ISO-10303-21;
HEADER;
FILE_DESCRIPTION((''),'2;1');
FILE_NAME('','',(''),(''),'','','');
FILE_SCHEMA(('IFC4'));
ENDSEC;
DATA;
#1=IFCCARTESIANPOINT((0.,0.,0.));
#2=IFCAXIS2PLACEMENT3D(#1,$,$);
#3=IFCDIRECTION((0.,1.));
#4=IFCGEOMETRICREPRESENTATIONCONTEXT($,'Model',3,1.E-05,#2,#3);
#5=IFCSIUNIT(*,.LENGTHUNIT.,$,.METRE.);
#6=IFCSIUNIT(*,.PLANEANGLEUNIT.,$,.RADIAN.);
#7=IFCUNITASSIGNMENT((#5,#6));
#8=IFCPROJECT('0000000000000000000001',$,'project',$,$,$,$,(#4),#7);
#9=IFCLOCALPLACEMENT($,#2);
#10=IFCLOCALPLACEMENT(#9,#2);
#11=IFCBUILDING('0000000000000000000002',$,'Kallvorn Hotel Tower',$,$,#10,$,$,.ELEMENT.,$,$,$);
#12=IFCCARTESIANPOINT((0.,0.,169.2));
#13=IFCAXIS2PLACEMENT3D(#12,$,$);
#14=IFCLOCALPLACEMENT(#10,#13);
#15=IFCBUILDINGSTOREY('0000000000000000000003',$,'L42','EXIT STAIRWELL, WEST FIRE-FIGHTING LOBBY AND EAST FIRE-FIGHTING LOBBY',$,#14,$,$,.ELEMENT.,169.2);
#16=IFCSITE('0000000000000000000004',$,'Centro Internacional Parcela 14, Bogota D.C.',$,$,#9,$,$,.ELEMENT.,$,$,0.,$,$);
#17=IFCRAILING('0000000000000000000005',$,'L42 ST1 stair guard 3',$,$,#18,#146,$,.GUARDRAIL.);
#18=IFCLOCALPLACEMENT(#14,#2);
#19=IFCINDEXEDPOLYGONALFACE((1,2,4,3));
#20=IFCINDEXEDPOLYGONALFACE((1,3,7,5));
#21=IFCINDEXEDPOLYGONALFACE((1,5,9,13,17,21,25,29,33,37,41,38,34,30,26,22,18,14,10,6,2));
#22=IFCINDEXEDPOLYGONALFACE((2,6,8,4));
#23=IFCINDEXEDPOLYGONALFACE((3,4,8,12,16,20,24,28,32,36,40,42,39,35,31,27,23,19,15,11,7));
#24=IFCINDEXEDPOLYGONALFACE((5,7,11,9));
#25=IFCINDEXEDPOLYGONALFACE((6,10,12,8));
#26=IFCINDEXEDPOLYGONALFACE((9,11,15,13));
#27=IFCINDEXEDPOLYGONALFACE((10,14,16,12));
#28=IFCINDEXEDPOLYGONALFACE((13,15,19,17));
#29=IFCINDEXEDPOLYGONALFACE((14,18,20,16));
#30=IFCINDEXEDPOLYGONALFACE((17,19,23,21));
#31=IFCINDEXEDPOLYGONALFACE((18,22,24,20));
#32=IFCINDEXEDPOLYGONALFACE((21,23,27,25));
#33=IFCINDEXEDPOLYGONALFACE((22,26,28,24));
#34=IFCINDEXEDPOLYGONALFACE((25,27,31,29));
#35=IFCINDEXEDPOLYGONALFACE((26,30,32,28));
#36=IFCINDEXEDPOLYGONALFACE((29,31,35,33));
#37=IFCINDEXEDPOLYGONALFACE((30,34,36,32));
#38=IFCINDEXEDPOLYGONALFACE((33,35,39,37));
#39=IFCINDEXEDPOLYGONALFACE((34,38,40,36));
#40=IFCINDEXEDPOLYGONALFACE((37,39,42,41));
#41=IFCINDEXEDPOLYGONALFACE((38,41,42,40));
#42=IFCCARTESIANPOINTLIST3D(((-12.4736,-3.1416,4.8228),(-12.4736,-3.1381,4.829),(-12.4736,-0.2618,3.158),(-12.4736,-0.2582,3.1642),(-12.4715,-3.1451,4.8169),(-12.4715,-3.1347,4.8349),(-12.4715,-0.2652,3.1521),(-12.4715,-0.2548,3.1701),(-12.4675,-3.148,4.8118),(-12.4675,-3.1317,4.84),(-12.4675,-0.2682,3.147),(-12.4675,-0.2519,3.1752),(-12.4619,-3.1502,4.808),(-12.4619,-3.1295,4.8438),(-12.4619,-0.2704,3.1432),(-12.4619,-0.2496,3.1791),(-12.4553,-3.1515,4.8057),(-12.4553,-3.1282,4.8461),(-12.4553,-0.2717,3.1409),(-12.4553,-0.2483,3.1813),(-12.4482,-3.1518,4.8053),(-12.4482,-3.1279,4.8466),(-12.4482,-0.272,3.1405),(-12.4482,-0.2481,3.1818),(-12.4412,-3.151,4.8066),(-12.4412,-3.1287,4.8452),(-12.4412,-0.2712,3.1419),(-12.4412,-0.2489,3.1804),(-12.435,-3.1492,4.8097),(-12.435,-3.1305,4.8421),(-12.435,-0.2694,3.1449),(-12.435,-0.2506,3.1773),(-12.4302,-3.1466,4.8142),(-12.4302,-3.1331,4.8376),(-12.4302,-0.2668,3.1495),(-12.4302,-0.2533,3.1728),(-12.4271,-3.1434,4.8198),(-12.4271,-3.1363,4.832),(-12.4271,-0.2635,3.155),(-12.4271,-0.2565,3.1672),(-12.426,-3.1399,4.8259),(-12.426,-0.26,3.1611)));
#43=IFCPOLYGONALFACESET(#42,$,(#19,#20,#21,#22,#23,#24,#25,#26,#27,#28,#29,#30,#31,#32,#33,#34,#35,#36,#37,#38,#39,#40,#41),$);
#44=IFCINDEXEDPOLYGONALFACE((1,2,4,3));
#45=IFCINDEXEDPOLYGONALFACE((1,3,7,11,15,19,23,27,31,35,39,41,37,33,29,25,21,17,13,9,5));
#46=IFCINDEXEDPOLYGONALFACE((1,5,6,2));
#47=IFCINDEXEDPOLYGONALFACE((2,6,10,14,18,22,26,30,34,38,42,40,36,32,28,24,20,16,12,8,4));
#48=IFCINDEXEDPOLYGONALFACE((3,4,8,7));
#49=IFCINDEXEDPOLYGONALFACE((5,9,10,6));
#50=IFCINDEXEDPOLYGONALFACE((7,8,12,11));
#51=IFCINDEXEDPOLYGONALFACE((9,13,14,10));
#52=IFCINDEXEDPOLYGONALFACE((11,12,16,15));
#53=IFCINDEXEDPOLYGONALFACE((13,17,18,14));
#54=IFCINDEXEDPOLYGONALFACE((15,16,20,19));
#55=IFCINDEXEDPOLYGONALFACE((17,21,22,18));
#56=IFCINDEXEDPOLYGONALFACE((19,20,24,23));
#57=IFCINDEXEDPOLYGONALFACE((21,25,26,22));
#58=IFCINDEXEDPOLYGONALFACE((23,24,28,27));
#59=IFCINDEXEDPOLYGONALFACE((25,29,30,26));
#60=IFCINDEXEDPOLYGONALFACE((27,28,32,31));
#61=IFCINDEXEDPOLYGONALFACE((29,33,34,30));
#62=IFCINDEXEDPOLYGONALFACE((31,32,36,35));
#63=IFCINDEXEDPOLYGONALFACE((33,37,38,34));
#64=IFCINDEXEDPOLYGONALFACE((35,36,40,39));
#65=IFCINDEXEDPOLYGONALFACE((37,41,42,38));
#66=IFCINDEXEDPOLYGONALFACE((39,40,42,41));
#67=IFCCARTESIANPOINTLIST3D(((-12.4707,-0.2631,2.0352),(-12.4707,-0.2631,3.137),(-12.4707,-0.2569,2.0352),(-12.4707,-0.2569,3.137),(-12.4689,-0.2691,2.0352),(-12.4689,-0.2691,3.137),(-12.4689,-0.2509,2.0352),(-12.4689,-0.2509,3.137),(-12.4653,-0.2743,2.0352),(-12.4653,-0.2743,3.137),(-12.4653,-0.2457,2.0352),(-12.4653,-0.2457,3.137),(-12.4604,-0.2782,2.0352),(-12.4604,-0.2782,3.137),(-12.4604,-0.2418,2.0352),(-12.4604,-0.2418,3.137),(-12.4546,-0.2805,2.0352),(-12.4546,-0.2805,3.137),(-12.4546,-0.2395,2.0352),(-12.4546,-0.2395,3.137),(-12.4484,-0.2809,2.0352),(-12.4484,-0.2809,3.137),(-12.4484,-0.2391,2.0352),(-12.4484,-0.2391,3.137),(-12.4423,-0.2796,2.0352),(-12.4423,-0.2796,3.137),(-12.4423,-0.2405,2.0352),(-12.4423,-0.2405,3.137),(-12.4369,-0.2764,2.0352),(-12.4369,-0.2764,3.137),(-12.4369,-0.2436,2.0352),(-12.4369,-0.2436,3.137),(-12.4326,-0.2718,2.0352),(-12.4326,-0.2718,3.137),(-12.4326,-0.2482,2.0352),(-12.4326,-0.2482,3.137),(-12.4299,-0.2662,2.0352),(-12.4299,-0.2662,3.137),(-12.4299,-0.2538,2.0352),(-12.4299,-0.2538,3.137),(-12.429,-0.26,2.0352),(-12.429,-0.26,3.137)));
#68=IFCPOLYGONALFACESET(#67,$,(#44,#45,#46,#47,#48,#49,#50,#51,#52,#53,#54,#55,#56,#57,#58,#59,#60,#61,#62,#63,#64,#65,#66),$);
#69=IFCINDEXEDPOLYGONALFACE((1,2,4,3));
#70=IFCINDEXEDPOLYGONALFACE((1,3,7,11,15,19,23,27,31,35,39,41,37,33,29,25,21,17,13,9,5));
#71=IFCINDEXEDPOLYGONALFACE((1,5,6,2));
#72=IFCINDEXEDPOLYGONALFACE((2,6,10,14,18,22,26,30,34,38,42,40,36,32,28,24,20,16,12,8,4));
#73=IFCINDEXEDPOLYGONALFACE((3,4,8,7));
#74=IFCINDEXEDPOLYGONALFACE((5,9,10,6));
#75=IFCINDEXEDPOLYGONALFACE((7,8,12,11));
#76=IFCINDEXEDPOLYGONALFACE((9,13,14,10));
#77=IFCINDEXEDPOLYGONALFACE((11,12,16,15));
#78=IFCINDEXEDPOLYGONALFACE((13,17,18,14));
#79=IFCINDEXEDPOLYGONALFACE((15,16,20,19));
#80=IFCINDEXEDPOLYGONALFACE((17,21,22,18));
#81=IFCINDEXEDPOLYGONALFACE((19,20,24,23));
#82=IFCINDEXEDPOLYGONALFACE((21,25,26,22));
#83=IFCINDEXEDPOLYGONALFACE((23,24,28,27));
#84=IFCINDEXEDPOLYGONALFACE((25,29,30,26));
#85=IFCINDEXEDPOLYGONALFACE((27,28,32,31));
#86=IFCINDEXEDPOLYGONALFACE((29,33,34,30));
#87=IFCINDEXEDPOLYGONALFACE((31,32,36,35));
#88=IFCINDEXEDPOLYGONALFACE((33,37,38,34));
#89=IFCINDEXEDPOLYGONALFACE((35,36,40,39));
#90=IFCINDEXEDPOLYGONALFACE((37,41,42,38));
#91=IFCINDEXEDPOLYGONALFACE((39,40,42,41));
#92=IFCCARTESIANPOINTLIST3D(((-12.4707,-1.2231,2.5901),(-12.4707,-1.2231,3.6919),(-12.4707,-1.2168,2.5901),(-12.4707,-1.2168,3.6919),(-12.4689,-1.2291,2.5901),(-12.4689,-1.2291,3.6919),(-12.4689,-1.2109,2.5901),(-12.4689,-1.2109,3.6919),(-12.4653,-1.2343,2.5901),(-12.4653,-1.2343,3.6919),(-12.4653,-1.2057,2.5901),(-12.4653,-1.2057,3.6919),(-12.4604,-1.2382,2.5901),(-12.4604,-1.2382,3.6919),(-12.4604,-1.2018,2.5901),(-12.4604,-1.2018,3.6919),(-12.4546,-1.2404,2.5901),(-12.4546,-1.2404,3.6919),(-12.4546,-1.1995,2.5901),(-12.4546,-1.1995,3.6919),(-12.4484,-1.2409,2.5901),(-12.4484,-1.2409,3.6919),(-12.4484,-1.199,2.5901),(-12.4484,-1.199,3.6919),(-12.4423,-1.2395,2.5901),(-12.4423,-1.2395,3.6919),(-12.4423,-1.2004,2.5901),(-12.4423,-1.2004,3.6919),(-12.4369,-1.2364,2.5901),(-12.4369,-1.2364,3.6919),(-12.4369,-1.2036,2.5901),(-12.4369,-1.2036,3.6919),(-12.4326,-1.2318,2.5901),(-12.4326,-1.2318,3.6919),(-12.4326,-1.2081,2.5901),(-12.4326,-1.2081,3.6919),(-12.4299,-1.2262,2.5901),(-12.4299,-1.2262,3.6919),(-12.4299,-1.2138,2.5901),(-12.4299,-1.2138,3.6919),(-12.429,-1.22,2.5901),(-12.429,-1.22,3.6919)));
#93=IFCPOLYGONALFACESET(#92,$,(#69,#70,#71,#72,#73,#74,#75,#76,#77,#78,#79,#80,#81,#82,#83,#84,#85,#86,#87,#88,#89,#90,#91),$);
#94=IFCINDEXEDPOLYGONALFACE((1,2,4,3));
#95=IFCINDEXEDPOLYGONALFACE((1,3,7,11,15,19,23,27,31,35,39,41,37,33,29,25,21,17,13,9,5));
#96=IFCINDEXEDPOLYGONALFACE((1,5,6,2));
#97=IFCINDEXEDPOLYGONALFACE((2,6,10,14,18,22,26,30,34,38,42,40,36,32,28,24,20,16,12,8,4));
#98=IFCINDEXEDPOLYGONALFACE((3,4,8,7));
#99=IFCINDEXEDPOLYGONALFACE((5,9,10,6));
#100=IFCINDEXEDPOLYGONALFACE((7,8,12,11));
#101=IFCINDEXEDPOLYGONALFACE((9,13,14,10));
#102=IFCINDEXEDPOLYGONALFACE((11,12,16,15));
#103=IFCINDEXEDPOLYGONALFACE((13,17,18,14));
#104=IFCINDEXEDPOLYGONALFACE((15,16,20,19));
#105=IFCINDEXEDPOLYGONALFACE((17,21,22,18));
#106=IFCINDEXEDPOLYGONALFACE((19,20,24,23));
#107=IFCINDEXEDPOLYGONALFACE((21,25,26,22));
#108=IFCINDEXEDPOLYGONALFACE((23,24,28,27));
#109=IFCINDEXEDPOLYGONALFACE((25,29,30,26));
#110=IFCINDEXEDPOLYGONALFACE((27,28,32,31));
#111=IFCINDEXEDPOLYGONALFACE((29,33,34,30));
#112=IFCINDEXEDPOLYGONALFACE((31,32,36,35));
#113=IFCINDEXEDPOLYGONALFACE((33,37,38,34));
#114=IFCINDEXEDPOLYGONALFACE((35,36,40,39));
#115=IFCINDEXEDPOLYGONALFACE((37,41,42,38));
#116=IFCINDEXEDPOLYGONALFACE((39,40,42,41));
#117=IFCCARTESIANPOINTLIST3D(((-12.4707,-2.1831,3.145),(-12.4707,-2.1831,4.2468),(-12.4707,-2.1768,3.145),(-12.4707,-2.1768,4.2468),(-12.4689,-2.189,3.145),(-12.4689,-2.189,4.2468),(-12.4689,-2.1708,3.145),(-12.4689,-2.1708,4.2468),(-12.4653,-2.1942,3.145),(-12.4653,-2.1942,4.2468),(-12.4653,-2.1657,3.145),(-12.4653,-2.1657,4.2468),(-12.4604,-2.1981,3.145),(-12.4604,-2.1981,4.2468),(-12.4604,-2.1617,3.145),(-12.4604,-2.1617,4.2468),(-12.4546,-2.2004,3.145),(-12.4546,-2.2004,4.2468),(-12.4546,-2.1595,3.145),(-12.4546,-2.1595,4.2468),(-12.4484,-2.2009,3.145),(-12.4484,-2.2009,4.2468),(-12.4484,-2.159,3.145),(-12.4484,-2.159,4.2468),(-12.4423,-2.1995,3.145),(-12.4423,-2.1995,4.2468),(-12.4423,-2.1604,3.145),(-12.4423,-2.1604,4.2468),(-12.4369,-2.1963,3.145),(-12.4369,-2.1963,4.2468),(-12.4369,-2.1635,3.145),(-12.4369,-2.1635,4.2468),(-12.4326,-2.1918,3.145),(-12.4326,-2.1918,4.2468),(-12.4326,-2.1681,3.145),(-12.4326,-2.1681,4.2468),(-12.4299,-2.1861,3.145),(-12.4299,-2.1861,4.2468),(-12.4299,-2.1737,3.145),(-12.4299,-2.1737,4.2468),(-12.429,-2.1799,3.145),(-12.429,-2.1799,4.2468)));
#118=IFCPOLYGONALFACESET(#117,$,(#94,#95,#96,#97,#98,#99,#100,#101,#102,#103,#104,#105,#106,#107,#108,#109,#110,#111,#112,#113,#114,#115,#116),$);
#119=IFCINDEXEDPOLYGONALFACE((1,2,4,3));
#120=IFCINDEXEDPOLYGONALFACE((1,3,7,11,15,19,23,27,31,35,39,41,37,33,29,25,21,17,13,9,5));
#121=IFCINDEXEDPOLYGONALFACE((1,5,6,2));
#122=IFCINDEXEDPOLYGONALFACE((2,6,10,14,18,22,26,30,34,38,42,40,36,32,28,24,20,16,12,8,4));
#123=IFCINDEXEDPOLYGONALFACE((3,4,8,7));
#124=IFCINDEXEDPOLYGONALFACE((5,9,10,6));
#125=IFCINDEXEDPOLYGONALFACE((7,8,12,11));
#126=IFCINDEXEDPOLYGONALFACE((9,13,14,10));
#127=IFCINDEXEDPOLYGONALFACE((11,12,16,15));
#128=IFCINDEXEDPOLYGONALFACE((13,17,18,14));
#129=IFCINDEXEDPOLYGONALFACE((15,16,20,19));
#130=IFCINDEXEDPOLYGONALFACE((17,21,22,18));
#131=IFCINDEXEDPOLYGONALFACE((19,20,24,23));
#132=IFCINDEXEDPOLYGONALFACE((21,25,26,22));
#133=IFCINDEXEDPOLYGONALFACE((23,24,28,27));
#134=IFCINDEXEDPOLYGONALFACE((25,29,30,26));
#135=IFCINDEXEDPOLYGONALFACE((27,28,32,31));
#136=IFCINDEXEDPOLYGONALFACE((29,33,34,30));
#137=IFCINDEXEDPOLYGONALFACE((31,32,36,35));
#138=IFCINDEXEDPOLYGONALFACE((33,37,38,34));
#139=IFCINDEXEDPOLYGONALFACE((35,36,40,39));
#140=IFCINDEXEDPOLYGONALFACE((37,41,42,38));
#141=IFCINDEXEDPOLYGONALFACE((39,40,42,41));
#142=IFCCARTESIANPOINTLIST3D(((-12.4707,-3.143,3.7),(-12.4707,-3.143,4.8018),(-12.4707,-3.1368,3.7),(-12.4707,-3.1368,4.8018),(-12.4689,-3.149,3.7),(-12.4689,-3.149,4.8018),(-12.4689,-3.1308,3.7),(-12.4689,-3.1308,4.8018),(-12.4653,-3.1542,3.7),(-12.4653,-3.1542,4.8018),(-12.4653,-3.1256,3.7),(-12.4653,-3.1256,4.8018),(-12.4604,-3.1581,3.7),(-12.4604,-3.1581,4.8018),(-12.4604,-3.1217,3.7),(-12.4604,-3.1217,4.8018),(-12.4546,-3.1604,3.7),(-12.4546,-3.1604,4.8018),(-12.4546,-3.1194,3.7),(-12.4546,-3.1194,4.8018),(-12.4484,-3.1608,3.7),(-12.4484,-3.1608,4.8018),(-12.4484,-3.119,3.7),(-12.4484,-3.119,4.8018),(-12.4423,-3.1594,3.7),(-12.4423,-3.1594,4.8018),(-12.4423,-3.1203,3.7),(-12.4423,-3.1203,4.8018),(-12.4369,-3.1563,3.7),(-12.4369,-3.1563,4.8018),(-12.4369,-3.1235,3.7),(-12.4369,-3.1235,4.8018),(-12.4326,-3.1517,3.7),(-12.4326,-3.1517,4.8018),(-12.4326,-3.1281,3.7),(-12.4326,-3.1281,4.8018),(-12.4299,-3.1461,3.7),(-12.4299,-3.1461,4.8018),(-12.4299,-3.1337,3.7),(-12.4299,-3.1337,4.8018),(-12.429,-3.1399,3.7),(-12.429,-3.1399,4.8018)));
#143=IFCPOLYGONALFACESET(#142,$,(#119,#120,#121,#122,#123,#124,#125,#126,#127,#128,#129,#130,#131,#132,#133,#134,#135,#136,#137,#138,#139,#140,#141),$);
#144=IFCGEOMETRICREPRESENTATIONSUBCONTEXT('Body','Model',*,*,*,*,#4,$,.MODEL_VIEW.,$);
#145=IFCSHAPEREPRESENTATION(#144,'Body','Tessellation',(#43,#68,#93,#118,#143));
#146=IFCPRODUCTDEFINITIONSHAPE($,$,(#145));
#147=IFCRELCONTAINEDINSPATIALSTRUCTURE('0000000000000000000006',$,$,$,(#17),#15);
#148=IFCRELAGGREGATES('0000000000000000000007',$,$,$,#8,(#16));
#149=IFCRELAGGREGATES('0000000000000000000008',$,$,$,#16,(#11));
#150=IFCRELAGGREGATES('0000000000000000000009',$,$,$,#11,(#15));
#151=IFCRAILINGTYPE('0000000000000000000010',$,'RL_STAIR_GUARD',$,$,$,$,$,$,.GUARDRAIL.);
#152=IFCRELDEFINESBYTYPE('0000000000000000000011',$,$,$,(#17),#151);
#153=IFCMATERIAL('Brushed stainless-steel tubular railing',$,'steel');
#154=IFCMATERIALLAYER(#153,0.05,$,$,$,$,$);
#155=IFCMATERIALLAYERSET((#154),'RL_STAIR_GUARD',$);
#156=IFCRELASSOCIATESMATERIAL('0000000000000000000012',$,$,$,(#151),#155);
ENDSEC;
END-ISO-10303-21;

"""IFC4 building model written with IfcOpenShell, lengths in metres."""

from ifc_helpers import new_model, si_unit, direction, frame, origin, origin_2d, place, context, subcontext, project, spatial, circle, extrude, material, layer, layer_set, type_object, element, save


model = new_model("IFC4")

# Units and contexts
model_context = context("Model", 3, precision=1e-05, world=origin(), true_north=direction((0.0, 1.0)))
body_context = subcontext(model_context, "Body", "Model", "MODEL_VIEW")
ifc_project = project(units=[si_unit("LENGTHUNIT", "METRE"), si_unit("PLANEANGLEUNIT", "RADIAN")], contexts=[model_context])

# Site, building, storey
site_placement = place(None, origin())
site = spatial("IfcSite", under=ifc_project, at=site_placement, Name="Centro Internacional Parcela 14, Bogota D.C.", CompositionType="ELEMENT", RefElevation=0.0)
building_placement = place(site_placement, origin())
building = spatial("IfcBuilding", under=site, at=building_placement, Name="Kallvorn Hotel Tower", CompositionType="ELEMENT")
storey_placement = place(building_placement, frame((0.0, 0.0, 169.2)))
storey = spatial("IfcBuildingStorey", under=building, at=storey_placement, Name="L42", Description="EXIT STAIRWELL, WEST FIRE-FIGHTING LOBBY AND EAST FIRE-FIGHTING LOBBY", CompositionType="ELEMENT", Elevation=169.2)

# Railing
ifc_material_1 = material(Name="Brushed stainless-steel tubular railing", Category="steel")
ifc_layer_1 = layer(ifc_material_1, 0.05)
ifc_layer_set_1 = layer_set([ifc_layer_1], Name="RL_STAIR_GUARD")
railing_type_1 = type_object("IfcRailingType", Name="RL_STAIR_GUARD", PredefinedType="GUARDRAIL", material=ifc_layer_set_1)
railing_1_placement = place(storey_placement, frame((-12.45, -0.26, 2.0352)))
element("IfcRailing", 1, at=railing_1_placement, inside=storey, type_object=railing_type_1, Name="L42 ST1 stair guard 3", PredefinedType="GUARDRAIL", context=body_context, shape_type="SweptSolid", body=[
    extrude(circle(Radius=0.0239, at=origin_2d()), frame((0.0, 0.0, 1.126), z_axis=(0.0, -0.865753, 0.500472), x_axis=(1.0, 0.0, 0.0)), (0.0, 0.0, 1.0), 3.3264),
    extrude(circle(Radius=0.021, at=origin_2d()), origin(), (0.0, 0.0, 1.0), 1.1018),
    extrude(circle(Radius=0.021, at=origin_2d()), frame((0.0, -0.96, 0.5549)), (0.0, 0.0, 1.0), 1.1018),
    extrude(circle(Radius=0.021, at=origin_2d()), frame((0.0, -1.9199, 1.1099)), (0.0, 0.0, 1.0), 1.1018),
    extrude(circle(Radius=0.021, at=origin_2d()), frame((0.0, -2.8799, 1.6648)), (0.0, 0.0, 1.0), 1.1018),
])

save(model, "model.ifc")
